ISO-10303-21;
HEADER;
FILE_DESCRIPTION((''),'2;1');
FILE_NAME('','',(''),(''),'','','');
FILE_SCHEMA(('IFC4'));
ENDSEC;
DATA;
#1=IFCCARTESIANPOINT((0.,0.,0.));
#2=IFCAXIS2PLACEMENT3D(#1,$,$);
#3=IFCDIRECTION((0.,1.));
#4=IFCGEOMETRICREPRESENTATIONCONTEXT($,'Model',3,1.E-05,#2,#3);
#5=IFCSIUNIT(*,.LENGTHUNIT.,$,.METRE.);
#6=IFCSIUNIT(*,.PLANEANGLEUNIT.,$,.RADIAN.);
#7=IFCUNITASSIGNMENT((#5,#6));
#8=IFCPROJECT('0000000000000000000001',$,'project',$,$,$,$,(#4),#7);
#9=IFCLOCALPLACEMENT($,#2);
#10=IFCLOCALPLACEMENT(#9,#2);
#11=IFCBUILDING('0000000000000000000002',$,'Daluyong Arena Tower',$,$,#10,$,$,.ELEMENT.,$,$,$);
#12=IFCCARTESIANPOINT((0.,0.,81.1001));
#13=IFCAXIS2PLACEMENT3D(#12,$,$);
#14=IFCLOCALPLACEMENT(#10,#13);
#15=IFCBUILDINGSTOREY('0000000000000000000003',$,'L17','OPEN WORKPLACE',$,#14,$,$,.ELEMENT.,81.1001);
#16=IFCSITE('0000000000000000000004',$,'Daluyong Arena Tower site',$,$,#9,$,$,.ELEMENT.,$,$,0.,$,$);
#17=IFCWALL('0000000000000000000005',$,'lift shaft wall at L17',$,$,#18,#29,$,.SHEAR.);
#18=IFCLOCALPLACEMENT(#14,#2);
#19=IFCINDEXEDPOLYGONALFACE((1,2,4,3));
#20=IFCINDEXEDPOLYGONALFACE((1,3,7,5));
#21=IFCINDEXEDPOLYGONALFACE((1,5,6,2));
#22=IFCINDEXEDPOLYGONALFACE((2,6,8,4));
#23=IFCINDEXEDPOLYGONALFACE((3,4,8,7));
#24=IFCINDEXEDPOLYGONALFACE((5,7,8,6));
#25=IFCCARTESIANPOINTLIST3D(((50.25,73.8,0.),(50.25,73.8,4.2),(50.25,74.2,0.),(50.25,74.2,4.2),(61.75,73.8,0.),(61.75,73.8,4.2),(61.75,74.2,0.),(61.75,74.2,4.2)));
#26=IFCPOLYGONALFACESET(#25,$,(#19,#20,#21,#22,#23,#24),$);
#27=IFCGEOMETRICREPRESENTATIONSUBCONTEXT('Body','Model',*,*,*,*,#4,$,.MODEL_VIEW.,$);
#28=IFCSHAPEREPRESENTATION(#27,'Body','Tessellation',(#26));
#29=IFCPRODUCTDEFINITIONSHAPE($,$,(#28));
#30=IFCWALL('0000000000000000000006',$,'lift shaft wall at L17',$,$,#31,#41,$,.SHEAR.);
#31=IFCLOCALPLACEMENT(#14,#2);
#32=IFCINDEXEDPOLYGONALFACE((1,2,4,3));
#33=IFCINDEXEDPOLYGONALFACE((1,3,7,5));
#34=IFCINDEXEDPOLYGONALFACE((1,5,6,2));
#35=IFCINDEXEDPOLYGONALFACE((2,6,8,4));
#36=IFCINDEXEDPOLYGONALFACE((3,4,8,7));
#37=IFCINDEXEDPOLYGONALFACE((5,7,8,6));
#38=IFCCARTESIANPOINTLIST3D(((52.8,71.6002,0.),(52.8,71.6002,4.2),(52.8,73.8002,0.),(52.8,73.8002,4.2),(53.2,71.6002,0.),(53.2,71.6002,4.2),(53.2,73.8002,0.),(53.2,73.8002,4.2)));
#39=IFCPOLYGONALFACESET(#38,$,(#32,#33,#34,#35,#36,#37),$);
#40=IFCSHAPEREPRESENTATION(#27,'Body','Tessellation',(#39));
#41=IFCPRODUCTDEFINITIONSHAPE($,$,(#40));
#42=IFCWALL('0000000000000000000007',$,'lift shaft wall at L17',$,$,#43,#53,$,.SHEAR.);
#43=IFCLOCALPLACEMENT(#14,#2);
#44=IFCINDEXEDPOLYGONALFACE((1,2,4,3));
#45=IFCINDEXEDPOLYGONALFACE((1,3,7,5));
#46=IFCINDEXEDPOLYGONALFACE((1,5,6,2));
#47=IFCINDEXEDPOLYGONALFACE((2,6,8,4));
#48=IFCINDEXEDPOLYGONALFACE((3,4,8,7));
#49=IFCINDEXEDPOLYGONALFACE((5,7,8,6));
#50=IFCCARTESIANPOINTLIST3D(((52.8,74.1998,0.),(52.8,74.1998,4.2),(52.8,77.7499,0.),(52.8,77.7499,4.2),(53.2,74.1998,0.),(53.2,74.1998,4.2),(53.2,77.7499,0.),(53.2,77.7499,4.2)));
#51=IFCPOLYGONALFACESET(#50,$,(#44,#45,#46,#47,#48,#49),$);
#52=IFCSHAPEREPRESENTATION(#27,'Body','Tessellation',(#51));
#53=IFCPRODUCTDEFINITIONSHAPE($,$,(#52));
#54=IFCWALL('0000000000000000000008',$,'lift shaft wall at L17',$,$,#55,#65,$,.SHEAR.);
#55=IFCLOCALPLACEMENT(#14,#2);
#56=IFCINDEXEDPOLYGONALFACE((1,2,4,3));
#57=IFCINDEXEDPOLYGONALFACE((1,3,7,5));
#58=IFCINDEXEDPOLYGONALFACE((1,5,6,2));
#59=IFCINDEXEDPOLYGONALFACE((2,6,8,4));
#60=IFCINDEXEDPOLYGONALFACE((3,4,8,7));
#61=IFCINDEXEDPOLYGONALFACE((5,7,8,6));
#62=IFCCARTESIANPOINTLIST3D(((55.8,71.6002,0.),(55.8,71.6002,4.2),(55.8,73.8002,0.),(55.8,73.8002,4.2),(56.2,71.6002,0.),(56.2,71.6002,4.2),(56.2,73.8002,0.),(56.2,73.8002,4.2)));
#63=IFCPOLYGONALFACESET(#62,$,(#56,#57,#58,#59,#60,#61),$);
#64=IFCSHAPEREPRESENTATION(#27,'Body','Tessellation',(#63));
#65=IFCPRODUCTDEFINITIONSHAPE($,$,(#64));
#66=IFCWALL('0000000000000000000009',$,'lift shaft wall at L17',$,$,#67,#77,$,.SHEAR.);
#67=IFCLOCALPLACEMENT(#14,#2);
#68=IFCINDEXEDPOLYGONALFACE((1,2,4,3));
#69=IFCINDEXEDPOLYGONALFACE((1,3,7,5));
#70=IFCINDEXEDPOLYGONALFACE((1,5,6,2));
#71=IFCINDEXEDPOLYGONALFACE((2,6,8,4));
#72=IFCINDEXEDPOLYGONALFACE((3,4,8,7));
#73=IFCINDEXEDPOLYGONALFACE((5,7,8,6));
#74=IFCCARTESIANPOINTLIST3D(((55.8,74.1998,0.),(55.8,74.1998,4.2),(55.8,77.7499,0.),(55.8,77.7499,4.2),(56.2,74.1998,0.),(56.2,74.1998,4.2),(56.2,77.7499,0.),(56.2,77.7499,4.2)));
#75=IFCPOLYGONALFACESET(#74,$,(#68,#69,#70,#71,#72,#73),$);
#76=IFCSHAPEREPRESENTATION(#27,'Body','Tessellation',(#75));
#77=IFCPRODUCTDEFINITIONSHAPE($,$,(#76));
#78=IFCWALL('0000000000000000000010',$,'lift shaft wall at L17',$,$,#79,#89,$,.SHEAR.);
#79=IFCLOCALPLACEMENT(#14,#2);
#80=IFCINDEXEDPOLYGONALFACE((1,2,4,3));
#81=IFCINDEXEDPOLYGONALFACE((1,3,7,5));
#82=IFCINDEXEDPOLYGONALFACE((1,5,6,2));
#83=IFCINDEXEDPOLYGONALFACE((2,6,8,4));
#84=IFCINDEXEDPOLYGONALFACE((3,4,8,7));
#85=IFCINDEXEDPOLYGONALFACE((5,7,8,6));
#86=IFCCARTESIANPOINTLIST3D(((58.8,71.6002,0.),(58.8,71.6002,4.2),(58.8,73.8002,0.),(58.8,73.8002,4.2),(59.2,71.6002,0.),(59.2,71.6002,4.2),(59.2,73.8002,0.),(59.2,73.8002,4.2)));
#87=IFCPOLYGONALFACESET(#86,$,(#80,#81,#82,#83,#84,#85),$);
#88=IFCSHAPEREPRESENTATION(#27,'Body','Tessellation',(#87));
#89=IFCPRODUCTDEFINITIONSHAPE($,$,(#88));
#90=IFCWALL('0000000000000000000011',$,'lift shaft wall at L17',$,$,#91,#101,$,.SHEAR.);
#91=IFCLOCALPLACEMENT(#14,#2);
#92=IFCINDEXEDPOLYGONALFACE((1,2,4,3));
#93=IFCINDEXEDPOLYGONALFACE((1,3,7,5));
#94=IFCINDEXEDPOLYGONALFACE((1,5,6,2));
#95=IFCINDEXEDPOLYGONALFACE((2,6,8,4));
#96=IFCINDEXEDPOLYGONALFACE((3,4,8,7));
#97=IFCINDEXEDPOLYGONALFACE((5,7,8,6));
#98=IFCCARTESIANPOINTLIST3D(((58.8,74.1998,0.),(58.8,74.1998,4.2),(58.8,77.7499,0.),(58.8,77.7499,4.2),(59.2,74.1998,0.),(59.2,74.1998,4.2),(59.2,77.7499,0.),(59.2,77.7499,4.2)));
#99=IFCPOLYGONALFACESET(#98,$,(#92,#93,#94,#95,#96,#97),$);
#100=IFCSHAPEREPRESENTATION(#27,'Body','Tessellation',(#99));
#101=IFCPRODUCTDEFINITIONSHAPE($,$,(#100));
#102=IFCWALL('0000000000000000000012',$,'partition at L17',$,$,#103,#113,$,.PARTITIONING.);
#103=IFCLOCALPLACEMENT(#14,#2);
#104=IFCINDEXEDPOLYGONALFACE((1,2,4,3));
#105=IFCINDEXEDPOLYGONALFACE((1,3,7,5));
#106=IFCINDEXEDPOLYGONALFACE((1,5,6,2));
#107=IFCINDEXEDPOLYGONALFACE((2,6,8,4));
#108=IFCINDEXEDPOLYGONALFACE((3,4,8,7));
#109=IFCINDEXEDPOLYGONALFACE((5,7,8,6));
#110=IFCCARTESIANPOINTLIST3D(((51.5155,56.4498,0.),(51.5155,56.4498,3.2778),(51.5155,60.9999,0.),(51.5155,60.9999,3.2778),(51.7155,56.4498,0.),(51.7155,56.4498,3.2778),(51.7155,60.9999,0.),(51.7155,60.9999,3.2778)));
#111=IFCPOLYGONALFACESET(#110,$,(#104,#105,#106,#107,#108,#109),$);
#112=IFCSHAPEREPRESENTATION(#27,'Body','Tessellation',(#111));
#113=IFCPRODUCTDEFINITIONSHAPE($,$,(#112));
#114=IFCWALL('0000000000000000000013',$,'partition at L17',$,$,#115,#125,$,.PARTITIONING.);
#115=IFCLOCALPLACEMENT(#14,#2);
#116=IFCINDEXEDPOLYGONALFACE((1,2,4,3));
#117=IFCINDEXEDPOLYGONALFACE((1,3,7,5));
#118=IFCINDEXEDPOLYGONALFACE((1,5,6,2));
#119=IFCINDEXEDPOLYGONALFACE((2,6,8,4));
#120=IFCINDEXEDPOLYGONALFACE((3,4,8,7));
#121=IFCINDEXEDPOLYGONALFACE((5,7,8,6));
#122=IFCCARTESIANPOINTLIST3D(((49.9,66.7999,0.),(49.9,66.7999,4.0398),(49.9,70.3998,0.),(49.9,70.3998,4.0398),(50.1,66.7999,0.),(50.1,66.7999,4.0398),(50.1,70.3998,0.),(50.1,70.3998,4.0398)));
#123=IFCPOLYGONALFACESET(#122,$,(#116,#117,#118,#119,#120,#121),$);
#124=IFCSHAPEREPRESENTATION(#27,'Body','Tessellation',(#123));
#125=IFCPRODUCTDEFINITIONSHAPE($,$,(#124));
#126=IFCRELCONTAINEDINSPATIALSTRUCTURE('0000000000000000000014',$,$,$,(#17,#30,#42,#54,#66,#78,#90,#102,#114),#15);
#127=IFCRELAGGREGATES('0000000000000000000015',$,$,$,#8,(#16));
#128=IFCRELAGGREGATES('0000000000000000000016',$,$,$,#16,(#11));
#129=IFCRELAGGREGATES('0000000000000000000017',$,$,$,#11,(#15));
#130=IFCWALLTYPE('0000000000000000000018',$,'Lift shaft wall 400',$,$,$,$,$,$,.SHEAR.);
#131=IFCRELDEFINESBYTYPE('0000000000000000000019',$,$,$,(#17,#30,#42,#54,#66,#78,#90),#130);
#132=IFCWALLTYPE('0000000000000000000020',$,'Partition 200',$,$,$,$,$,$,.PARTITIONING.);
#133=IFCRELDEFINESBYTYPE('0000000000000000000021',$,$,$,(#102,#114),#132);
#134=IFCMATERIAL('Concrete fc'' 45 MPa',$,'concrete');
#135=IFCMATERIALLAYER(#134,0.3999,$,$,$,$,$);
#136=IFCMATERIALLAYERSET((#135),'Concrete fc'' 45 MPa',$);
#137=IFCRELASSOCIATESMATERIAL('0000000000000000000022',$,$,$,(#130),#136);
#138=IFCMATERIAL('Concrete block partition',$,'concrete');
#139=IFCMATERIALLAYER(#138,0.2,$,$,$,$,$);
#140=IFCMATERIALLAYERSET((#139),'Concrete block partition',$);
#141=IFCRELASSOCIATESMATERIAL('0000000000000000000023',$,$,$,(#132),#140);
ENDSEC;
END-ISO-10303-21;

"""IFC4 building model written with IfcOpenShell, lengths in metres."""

from ifc_helpers import new_model, si_unit, direction, frame, frame_2d, origin, place, context, subcontext, project, spatial, rectangle, extrude, material, layer, layer_set, type_object, element, save


model = new_model("IFC4")

# Units and contexts
model_context = context("Model", 3, precision=1e-05, world=origin(), true_north=direction((0.0, 1.0)))
body_context = subcontext(model_context, "Body", "Model", "MODEL_VIEW")
ifc_project = project(units=[si_unit("LENGTHUNIT", "METRE"), si_unit("PLANEANGLEUNIT", "RADIAN")], contexts=[model_context])

# Site, building, storey
site_placement = place(None, origin())
site = spatial("IfcSite", under=ifc_project, at=site_placement, Name="Daluyong Arena Tower site", CompositionType="ELEMENT", RefElevation=0.0)
building_placement = place(site_placement, origin())
building = spatial("IfcBuilding", under=site, at=building_placement, Name="Daluyong Arena Tower", CompositionType="ELEMENT")
storey_placement = place(building_placement, frame((0.0, 0.0, 81.1001)))
storey = spatial("IfcBuildingStorey", under=building, at=storey_placement, Name="L17", Description="OPEN WORKPLACE", CompositionType="ELEMENT", Elevation=81.1001)

# Walls
ifc_material_1 = material(Name="Concrete fc' 45 MPa", Category="concrete")
ifc_layer_1 = layer(ifc_material_1, 0.3999)
ifc_layer_set_1 = layer_set([ifc_layer_1], Name="Concrete fc' 45 MPa")
wall_type_1 = type_object("IfcWallType", Name="Lift shaft wall 400", PredefinedType="SHEAR", material=ifc_layer_set_1)
wall_1_placement = place(storey_placement, frame((50.25, 74.0, 0.0), z_axis=(0.0, 0.0, 1.0), x_axis=(1.0, 0.0, 0.0)))
element("IfcWall", 1, at=wall_1_placement, inside=storey, type_object=wall_type_1, Name="lift shaft wall at L17", PredefinedType="SHEAR", context=body_context, shape_type="SweptSolid", body=[
    extrude(rectangle(XDim=11.5, YDim=0.3999, at=frame_2d((5.75, 0.0))), origin(), (0.0, 0.0, 1.0), 4.2),
])
wall_2_placement = place(storey_placement, frame((53.0, 71.6001, 0.0), z_axis=(0.0, 0.0, 1.0), x_axis=(0.0, 1.0, 0.0)))
element("IfcWall", 2, at=wall_2_placement, inside=storey, type_object=wall_type_1, Name="lift shaft wall at L17", PredefinedType="SHEAR", context=body_context, shape_type="SweptSolid", body=[
    extrude(rectangle(XDim=2.2, YDim=0.3999, at=frame_2d((1.1001, 0.0))), origin(), (0.0, 0.0, 1.0), 4.2),
])
wall_3_placement = place(storey_placement, frame((53.0, 74.2, 0.0), z_axis=(0.0, 0.0, 1.0), x_axis=(0.0, 1.0, 0.0)))
element("IfcWall", 3, at=wall_3_placement, inside=storey, type_object=wall_type_1, Name="lift shaft wall at L17", PredefinedType="SHEAR", context=body_context, shape_type="SweptSolid", body=[
    extrude(rectangle(XDim=3.55, YDim=0.3999, at=frame_2d((1.7749, 0.0))), origin(), (0.0, 0.0, 1.0), 4.2),
])
wall_4_placement = place(storey_placement, frame((56.0, 71.6001, 0.0), z_axis=(0.0, 0.0, 1.0), x_axis=(0.0, 1.0, 0.0)))
element("IfcWall", 4, at=wall_4_placement, inside=storey, type_object=wall_type_1, Name="lift shaft wall at L17", PredefinedType="SHEAR", context=body_context, shape_type="SweptSolid", body=[
    extrude(rectangle(XDim=2.2, YDim=0.3999, at=frame_2d((1.1001, 0.0))), origin(), (0.0, 0.0, 1.0), 4.2),
])
wall_5_placement = place(storey_placement, frame((56.0, 74.2, 0.0), z_axis=(0.0, 0.0, 1.0), x_axis=(0.0, 1.0, 0.0)))
element("IfcWall", 5, at=wall_5_placement, inside=storey, type_object=wall_type_1, Name="lift shaft wall at L17", PredefinedType="SHEAR", context=body_context, shape_type="SweptSolid", body=[
    extrude(rectangle(XDim=3.55, YDim=0.3999, at=frame_2d((1.7749, 0.0))), origin(), (0.0, 0.0, 1.0), 4.2),
])
wall_6_placement = place(storey_placement, frame((59.0, 71.6001, 0.0), z_axis=(0.0, 0.0, 1.0), x_axis=(0.0, 1.0, 0.0)))
element("IfcWall", 6, at=wall_6_placement, inside=storey, type_object=wall_type_1, Name="lift shaft wall at L17", PredefinedType="SHEAR", context=body_context, shape_type="SweptSolid", body=[
    extrude(rectangle(XDim=2.2, YDim=0.3999, at=frame_2d((1.1001, 0.0))), origin(), (0.0, 0.0, 1.0), 4.2),
])
wall_7_placement = place(storey_placement, frame((59.0, 74.2, 0.0), z_axis=(0.0, 0.0, 1.0), x_axis=(0.0, 1.0, 0.0)))
element("IfcWall", 7, at=wall_7_placement, inside=storey, type_object=wall_type_1, Name="lift shaft wall at L17", PredefinedType="SHEAR", context=body_context, shape_type="SweptSolid", body=[
    extrude(rectangle(XDim=3.55, YDim=0.3999, at=frame_2d((1.7749, 0.0))), origin(), (0.0, 0.0, 1.0), 4.2),
])
ifc_material_2 = material(Name="Concrete block partition", Category="concrete")
ifc_layer_2 = layer(ifc_material_2, 0.2)
ifc_layer_set_2 = layer_set([ifc_layer_2], Name="Concrete block partition")
wall_type_2 = type_object("IfcWallType", Name="Partition 200", PredefinedType="PARTITIONING", material=ifc_layer_set_2)
wall_8_placement = place(storey_placement, frame((51.6155, 56.45, 0.0), z_axis=(0.0, 0.0, 1.0), x_axis=(0.0, 1.0, 0.0)))
element("IfcWall", 8, at=wall_8_placement, inside=storey, type_object=wall_type_2, Name="partition at L17", PredefinedType="PARTITIONING", context=body_context, shape_type="SweptSolid", body=[
    extrude(rectangle(XDim=4.55, YDim=0.2, at=frame_2d((2.2749, 0.0))), origin(), (0.0, 0.0, 1.0), 3.2778),
])
wall_9_placement = place(storey_placement, frame((50.0, 66.8, 0.0), z_axis=(0.0, 0.0, 1.0), x_axis=(0.0, 1.0, 0.0)))
element("IfcWall", 9, at=wall_9_placement, inside=storey, type_object=wall_type_2, Name="partition at L17", PredefinedType="PARTITIONING", context=body_context, shape_type="SweptSolid", body=[
    extrude(rectangle(XDim=3.5999, YDim=0.2, at=frame_2d((1.7998, 0.0))), origin(), (0.0, 0.0, 1.0), 4.0398),
])

save(model, "model.ifc")
